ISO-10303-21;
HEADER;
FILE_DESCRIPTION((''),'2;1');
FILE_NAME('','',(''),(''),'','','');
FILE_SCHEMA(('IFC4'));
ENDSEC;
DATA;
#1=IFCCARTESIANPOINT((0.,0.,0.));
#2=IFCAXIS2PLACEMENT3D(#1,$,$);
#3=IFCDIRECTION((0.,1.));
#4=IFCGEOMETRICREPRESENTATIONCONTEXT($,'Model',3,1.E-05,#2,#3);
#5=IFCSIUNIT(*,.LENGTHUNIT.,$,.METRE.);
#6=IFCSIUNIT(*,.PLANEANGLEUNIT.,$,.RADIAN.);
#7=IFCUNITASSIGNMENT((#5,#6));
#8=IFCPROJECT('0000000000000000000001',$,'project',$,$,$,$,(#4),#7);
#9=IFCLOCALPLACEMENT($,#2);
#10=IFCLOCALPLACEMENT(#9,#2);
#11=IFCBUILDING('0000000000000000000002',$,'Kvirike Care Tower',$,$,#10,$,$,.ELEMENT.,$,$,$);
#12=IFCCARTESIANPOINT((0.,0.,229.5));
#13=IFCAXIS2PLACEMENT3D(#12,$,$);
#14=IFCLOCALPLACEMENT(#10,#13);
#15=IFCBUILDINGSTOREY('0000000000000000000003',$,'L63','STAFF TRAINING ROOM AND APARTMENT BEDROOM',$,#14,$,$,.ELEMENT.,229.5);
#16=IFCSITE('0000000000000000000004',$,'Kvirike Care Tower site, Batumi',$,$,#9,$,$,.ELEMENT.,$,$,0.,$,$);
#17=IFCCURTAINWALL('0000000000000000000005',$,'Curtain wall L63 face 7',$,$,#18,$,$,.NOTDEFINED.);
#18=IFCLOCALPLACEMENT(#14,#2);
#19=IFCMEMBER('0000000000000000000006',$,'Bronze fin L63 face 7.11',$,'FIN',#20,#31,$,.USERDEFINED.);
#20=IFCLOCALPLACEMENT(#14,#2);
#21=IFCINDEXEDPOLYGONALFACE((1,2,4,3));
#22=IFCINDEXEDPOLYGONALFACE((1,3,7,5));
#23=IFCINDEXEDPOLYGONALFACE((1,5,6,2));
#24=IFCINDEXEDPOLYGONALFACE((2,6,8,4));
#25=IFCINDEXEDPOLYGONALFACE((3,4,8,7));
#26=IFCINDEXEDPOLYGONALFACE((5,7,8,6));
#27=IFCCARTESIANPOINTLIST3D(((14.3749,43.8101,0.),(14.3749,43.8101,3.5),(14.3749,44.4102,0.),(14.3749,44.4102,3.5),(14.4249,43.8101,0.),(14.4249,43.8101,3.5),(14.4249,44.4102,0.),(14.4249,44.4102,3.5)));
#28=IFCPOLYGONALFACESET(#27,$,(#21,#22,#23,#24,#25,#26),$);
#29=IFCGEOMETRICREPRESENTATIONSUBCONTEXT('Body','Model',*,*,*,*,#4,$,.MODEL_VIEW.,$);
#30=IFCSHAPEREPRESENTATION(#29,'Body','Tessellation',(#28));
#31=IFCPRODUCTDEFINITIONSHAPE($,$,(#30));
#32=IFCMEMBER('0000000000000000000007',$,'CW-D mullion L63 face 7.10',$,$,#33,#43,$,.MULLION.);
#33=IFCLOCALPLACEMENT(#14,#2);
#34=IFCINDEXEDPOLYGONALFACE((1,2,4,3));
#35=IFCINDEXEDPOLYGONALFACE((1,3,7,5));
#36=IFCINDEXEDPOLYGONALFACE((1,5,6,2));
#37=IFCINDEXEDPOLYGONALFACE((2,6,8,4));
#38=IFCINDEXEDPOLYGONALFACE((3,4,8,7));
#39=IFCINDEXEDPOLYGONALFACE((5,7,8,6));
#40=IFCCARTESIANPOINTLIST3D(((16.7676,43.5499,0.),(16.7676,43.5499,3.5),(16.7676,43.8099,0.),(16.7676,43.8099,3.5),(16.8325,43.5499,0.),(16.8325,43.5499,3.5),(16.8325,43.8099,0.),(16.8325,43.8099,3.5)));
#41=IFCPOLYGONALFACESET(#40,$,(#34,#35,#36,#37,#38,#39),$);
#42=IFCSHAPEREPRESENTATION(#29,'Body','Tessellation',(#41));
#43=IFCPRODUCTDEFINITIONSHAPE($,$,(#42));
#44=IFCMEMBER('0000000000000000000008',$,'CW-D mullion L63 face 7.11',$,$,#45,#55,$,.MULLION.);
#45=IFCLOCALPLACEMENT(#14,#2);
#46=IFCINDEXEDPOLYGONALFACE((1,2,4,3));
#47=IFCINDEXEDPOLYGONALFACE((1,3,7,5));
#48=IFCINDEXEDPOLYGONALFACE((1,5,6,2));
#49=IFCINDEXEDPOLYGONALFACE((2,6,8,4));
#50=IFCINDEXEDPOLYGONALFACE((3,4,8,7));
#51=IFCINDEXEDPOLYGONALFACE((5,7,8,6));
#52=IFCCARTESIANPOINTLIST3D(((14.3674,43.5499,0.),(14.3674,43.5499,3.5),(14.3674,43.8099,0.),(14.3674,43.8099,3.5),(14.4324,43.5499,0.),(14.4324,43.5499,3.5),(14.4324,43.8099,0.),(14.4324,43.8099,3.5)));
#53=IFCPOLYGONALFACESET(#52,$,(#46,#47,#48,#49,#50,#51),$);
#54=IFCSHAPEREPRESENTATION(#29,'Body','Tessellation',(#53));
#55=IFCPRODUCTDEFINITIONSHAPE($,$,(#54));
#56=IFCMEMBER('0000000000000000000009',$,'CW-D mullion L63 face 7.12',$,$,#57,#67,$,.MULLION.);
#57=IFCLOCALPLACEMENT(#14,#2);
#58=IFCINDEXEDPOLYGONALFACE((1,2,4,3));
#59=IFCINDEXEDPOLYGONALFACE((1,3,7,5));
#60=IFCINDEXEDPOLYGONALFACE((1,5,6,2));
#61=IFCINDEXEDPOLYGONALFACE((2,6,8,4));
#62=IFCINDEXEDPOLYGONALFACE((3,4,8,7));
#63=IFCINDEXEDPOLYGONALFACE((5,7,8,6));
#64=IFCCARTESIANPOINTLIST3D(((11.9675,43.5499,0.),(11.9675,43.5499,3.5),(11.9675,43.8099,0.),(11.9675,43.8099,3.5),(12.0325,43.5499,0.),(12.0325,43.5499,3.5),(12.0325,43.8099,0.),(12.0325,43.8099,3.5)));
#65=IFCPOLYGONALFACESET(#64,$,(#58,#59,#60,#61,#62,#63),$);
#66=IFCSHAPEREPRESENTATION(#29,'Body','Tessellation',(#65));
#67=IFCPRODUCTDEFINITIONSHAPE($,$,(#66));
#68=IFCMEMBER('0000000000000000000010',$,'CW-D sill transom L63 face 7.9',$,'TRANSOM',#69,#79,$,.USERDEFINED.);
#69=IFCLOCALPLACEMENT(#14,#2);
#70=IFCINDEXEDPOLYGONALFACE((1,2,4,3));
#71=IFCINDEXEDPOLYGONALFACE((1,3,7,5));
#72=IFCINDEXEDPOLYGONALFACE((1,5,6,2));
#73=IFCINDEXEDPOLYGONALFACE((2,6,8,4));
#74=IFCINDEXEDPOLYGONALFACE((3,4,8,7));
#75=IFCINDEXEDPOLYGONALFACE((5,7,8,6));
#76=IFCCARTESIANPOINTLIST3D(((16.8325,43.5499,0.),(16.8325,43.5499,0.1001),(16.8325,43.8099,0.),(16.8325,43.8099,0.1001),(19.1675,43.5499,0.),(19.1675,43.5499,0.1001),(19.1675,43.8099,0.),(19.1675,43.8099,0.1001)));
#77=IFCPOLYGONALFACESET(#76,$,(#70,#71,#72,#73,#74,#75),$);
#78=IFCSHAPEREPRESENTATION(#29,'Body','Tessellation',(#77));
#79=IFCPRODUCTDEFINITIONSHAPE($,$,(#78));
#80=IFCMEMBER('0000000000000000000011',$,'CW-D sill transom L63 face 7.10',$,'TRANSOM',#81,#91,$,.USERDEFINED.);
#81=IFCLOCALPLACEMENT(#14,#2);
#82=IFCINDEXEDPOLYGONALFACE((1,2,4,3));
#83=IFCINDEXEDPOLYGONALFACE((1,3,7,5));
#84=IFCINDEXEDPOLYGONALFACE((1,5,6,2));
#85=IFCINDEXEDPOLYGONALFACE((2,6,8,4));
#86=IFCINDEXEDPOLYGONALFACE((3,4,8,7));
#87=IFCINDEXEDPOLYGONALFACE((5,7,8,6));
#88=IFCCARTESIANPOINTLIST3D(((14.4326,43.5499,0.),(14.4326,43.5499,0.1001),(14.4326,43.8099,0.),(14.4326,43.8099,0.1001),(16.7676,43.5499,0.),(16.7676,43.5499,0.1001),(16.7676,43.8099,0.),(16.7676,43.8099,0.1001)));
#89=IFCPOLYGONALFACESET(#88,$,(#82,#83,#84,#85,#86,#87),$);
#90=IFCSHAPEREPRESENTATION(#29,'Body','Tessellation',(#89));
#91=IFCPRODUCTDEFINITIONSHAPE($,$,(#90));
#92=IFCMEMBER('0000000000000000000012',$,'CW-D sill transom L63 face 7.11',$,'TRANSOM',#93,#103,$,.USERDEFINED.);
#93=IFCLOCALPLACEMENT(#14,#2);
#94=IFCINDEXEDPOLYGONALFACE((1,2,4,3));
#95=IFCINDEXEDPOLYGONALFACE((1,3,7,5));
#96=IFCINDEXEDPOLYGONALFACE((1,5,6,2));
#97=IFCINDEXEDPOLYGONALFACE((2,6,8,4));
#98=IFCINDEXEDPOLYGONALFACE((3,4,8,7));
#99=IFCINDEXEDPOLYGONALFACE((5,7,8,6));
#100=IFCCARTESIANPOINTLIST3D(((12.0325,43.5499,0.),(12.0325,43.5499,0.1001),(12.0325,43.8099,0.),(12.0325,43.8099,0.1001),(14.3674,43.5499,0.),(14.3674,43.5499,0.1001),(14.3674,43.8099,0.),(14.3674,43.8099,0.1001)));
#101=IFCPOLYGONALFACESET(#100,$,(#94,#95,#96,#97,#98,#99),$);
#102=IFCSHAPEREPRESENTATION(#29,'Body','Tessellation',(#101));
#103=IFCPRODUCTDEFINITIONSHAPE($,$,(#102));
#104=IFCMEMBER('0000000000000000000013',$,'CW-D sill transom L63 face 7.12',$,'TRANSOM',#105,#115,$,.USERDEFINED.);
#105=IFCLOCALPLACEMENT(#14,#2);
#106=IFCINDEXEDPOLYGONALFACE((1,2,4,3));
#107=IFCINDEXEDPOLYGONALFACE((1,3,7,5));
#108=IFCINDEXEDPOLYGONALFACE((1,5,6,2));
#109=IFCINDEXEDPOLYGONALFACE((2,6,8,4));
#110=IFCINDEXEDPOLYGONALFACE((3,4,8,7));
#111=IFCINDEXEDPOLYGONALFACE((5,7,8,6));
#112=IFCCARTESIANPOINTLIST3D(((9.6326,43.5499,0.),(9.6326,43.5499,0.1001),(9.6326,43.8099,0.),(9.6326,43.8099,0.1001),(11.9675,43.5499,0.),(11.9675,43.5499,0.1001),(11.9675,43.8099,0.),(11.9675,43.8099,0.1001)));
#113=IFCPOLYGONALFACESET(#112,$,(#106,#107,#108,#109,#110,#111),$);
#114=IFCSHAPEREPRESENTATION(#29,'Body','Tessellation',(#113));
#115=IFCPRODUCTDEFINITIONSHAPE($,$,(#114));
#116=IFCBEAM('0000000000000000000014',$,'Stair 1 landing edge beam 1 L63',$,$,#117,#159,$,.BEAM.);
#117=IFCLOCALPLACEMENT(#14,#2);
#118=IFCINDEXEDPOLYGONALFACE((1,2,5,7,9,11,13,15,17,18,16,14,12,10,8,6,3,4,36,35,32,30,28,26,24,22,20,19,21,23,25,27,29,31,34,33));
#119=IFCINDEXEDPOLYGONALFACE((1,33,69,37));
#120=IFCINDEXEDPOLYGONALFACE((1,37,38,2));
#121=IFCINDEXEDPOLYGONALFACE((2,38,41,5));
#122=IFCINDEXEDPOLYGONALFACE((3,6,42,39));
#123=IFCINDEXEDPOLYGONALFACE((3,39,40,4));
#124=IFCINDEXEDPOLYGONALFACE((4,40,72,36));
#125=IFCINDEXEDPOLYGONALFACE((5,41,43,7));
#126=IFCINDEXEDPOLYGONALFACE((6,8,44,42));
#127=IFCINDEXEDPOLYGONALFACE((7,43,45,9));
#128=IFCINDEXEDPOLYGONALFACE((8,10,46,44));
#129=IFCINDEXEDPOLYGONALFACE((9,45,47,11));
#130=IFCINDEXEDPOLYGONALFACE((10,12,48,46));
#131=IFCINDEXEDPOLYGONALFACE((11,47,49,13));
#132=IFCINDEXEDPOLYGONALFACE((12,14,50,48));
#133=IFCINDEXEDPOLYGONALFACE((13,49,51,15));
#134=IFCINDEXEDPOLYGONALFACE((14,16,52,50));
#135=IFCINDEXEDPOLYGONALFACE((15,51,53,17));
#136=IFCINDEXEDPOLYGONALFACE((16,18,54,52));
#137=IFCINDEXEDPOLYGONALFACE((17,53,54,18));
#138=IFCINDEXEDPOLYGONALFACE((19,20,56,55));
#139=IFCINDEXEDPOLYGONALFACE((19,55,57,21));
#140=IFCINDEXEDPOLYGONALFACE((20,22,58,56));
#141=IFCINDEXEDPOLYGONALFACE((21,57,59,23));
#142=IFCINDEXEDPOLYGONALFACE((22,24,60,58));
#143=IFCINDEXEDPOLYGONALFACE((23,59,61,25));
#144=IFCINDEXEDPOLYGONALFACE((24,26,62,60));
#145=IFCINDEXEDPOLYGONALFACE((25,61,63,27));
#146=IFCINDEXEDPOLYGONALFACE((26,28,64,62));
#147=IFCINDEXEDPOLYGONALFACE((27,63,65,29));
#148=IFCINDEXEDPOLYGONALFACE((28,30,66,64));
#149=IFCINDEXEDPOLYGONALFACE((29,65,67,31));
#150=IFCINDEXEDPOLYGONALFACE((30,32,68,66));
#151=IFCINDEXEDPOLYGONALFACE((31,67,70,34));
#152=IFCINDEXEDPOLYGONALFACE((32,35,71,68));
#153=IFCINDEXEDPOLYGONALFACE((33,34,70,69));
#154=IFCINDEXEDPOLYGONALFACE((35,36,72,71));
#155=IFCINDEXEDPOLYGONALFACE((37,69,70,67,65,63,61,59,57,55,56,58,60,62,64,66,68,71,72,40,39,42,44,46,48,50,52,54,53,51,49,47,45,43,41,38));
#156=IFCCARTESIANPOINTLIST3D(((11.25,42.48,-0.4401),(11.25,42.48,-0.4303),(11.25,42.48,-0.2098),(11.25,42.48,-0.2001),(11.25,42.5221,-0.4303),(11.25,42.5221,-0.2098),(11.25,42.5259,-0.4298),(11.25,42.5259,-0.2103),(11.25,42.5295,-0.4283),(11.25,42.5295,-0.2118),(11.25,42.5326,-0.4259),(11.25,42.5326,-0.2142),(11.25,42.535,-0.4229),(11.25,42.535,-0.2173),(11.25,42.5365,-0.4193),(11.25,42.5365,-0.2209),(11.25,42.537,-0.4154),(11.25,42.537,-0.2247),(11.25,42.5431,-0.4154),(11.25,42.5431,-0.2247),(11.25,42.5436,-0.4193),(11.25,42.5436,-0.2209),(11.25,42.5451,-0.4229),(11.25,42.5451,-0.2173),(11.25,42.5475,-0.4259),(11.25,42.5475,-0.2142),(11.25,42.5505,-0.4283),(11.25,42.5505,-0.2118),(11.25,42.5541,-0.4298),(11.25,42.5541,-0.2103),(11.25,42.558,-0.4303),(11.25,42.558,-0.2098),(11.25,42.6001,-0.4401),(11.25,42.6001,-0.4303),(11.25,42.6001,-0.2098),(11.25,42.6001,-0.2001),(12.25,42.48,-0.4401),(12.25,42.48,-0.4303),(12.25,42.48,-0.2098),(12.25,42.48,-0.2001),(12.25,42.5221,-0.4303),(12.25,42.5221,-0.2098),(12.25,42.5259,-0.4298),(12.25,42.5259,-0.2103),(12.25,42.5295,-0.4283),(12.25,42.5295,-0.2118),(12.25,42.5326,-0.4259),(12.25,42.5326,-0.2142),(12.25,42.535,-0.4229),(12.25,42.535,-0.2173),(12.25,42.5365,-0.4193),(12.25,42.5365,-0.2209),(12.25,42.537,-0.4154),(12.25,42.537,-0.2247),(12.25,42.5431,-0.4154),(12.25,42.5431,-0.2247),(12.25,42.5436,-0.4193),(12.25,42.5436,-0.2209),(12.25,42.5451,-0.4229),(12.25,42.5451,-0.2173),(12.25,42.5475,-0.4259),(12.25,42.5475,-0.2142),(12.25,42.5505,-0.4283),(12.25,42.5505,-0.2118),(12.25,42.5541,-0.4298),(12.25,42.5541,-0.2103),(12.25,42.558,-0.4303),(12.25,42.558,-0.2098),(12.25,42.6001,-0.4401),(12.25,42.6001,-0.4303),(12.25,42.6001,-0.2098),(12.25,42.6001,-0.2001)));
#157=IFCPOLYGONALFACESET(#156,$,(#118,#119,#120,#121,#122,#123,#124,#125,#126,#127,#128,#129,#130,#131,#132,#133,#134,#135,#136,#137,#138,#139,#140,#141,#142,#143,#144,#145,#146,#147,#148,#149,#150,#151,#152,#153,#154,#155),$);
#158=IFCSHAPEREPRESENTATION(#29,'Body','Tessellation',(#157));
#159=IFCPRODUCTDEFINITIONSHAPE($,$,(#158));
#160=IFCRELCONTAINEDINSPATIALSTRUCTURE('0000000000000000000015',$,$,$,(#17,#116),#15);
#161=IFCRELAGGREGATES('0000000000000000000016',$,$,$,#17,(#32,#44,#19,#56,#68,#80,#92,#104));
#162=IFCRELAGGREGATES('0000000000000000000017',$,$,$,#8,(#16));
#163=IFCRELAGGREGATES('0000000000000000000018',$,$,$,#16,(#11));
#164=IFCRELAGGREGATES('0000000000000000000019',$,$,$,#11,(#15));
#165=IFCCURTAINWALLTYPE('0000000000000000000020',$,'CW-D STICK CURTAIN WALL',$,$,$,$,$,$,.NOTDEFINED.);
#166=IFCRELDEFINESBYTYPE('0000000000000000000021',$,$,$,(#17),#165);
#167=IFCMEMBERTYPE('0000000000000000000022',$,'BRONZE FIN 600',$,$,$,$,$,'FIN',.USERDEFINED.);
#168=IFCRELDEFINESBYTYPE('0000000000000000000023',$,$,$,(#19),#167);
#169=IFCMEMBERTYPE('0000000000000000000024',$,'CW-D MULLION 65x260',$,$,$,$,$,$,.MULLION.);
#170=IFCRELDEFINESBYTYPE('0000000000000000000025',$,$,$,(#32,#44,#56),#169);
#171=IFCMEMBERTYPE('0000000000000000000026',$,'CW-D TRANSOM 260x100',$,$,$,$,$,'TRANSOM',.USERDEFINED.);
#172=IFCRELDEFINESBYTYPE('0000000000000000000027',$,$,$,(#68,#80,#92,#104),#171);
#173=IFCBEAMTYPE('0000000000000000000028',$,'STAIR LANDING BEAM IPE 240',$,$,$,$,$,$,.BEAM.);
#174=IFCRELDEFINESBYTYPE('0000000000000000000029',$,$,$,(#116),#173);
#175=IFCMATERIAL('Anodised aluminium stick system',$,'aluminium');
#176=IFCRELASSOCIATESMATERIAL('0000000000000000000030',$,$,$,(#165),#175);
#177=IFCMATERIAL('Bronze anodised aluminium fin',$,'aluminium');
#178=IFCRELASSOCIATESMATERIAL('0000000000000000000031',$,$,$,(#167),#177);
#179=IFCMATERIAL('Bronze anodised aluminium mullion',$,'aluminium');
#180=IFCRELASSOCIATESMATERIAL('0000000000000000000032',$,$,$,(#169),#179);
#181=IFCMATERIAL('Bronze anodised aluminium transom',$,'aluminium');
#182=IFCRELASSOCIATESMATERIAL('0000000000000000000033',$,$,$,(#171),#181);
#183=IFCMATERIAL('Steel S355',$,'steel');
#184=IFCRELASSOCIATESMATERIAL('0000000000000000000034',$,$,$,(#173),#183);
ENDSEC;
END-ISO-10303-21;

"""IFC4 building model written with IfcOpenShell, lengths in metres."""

from ifc_helpers import new_model, si_unit, direction, frame, origin, origin_2d, place, context, subcontext, project, spatial, rectangle, i_section, extrude, material, material_profile, profile_set, type_object, element, aggregate, save


model = new_model("IFC4")

# Units and contexts
model_context = context("Model", 3, precision=1e-05, world=origin(), true_north=direction((0.0, 1.0)))
body_context = subcontext(model_context, "Body", "Model", "MODEL_VIEW")
ifc_project = project(units=[si_unit("LENGTHUNIT", "METRE"), si_unit("PLANEANGLEUNIT", "RADIAN")], contexts=[model_context])

# Site, building, storey
site_placement = place(None, origin())
site = spatial("IfcSite", under=ifc_project, at=site_placement, Name="Kvirike Care Tower site, Batumi", CompositionType="ELEMENT", RefElevation=0.0)
building_placement = place(site_placement, origin())
building = spatial("IfcBuilding", under=site, at=building_placement, Name="Kvirike Care Tower", CompositionType="ELEMENT")
storey_placement = place(building_placement, frame((0.0, 0.0, 229.5)))
storey = spatial("IfcBuildingStorey", under=building, at=storey_placement, Name="L63", Description="STAFF TRAINING ROOM AND APARTMENT BEDROOM", CompositionType="ELEMENT", Elevation=229.5)

# Curtain wall, members
ifc_material_1 = material(Name="Anodised aluminium stick system", Category="aluminium")
curtain_wall_type = type_object("IfcCurtainWallType", Name="CW-D STICK CURTAIN WALL", PredefinedType="NOTDEFINED", material=ifc_material_1)
curtain_wall_placement = place(storey_placement, origin())
curtain_wall = element("IfcCurtainWall", 1, at=curtain_wall_placement, inside=storey, type_object=curtain_wall_type, Name="Curtain wall L63 face 7", PredefinedType="NOTDEFINED")
ifc_material_2 = material(Name="Bronze anodised aluminium fin", Category="aluminium")
ifc_material_profile_1 = material_profile(ifc_material_2, rectangle(XDim=0.05, YDim=0.6001, at=origin_2d()), Name="BRONZE FIN 600")
ifc_profile_set_1 = profile_set([ifc_material_profile_1], Name="Bronze anodised aluminium fin")
member_type_1 = type_object("IfcMemberType", Name="BRONZE FIN 600", ElementType="FIN", PredefinedType="USERDEFINED", material=ifc_profile_set_1)
member_1_placement = place(storey_placement, frame((14.3999, 44.1101, 0.0), z_axis=(0.0, 0.0, 1.0), x_axis=(-1.0, 0.0, 0.0)))
member_1 = element("IfcMember", 2, at=member_1_placement, type_object=member_type_1, Name="Bronze fin L63 face 7.11", ObjectType="FIN", PredefinedType="USERDEFINED", context=body_context, shape_type="SweptSolid", body=[
    extrude(rectangle(XDim=0.05, YDim=0.6001, at=origin_2d()), origin(), (0.0, 0.0, 1.0), 3.5),
])
ifc_material_3 = material(Name="Bronze anodised aluminium mullion", Category="aluminium")
ifc_material_profile_2 = material_profile(ifc_material_3, rectangle(XDim=0.0649, YDim=0.26, at=origin_2d()), Name="CW-D MULLION 65x260")
ifc_profile_set_2 = profile_set([ifc_material_profile_2], Name="Bronze anodised aluminium mullion")
member_type_2 = type_object("IfcMemberType", Name="CW-D MULLION 65x260", PredefinedType="MULLION", material=ifc_profile_set_2)
member_2_placement = place(storey_placement, frame((16.8, 43.6799, 0.0), z_axis=(0.0, 0.0, 1.0), x_axis=(-1.0, 0.0, 0.0)))
member_2 = element("IfcMember", 3, at=member_2_placement, type_object=member_type_2, Name="CW-D mullion L63 face 7.10", PredefinedType="MULLION", context=body_context, shape_type="SweptSolid", body=[
    extrude(rectangle(XDim=0.0649, YDim=0.26, at=origin_2d()), origin(), (0.0, 0.0, 1.0), 3.5),
])
member_3_placement = place(storey_placement, frame((14.3999, 43.6799, 0.0), z_axis=(0.0, 0.0, 1.0), x_axis=(-1.0, 0.0, 0.0)))
member_3 = element("IfcMember", 4, at=member_3_placement, type_object=member_type_2, Name="CW-D mullion L63 face 7.11", PredefinedType="MULLION", context=body_context, shape_type="SweptSolid", body=[
    extrude(rectangle(XDim=0.0649, YDim=0.26, at=origin_2d()), origin(), (0.0, 0.0, 1.0), 3.5),
])
member_4_placement = place(storey_placement, frame((12.0, 43.6799, 0.0), z_axis=(0.0, 0.0, 1.0), x_axis=(-1.0, 0.0, 0.0)))
member_4 = element("IfcMember", 5, at=member_4_placement, type_object=member_type_2, Name="CW-D mullion L63 face 7.12", PredefinedType="MULLION", context=body_context, shape_type="SweptSolid", body=[
    extrude(rectangle(XDim=0.0649, YDim=0.26, at=origin_2d()), origin(), (0.0, 0.0, 1.0), 3.5),
])
ifc_material_4 = material(Name="Bronze anodised aluminium transom", Category="aluminium")
ifc_material_profile_3 = material_profile(ifc_material_4, rectangle(XDim=0.26, YDim=0.1001, at=origin_2d()), Name="CW-D TRANSOM 260x100")
ifc_profile_set_3 = profile_set([ifc_material_profile_3], Name="Bronze anodised aluminium transom")
member_type_3 = type_object("IfcMemberType", Name="CW-D TRANSOM 260x100", ElementType="TRANSOM", PredefinedType="USERDEFINED", material=ifc_profile_set_3)
member_5_placement = place(storey_placement, frame((19.1675, 43.6799, 0.05), z_axis=(-1.0, 0.0, 0.0), x_axis=(0.0, -1.0, 0.0)))
member_5 = element("IfcMember", 6, at=member_5_placement, type_object=member_type_3, Name="CW-D sill transom L63 face 7.9", ObjectType="TRANSOM", PredefinedType="USERDEFINED", context=body_context, shape_type="SweptSolid", body=[
    extrude(rectangle(XDim=0.26, YDim=0.1001, at=origin_2d()), origin(), (0.0, 0.0, 1.0), 2.335),
])
member_6_placement = place(storey_placement, frame((16.7676, 43.6799, 0.05), z_axis=(-1.0, 0.0, 0.0), x_axis=(0.0, -1.0, 0.0)))
member_6 = element("IfcMember", 7, at=member_6_placement, type_object=member_type_3, Name="CW-D sill transom L63 face 7.10", ObjectType="TRANSOM", PredefinedType="USERDEFINED", context=body_context, shape_type="SweptSolid", body=[
    extrude(rectangle(XDim=0.26, YDim=0.1001, at=origin_2d()), origin(), (0.0, 0.0, 1.0), 2.335),
])
member_7_placement = place(storey_placement, frame((14.3674, 43.6799, 0.05), z_axis=(-1.0, 0.0, 0.0), x_axis=(0.0, -1.0, 0.0)))
member_7 = element("IfcMember", 8, at=member_7_placement, type_object=member_type_3, Name="CW-D sill transom L63 face 7.11", ObjectType="TRANSOM", PredefinedType="USERDEFINED", context=body_context, shape_type="SweptSolid", body=[
    extrude(rectangle(XDim=0.26, YDim=0.1001, at=origin_2d()), origin(), (0.0, 0.0, 1.0), 2.335),
])
member_8_placement = place(storey_placement, frame((11.9675, 43.6799, 0.05), z_axis=(-1.0, 0.0, 0.0), x_axis=(0.0, -1.0, 0.0)))
member_8 = element("IfcMember", 9, at=member_8_placement, type_object=member_type_3, Name="CW-D sill transom L63 face 7.12", ObjectType="TRANSOM", PredefinedType="USERDEFINED", context=body_context, shape_type="SweptSolid", body=[
    extrude(rectangle(XDim=0.26, YDim=0.1001, at=origin_2d()), origin(), (0.0, 0.0, 1.0), 2.335),
])

# Beam
ifc_material_5 = material(Name="Steel S355", Category="steel")
ifc_material_profile_4 = material_profile(ifc_material_5, i_section(OverallWidth=0.1201, OverallDepth=0.24, WebThickness=0.0061, FlangeThickness=0.0098, FilletRadius=0.0149, at=origin_2d()), Name="IPE 240")
ifc_profile_set_4 = profile_set([ifc_material_profile_4], Name="Steel S355")
beam_type_1 = type_object("IfcBeamType", Name="STAIR LANDING BEAM IPE 240", PredefinedType="BEAM", material=ifc_profile_set_4)
for number, where, z_axis, x_axis, name in (
    (10, (11.25, 42.54, -0.3201), (1.0, 0.0, 0.0), (0.0, 1.0, 0.0), "Stair 1 landing edge beam 1 L63"),
):
    element("IfcBeam", number, at=place(storey_placement, frame(where, z_axis=z_axis, x_axis=x_axis)), inside=storey, type_object=beam_type_1, Name=name, PredefinedType="BEAM", context=body_context, shape_type="SweptSolid", body=[
        extrude(i_section(OverallWidth=0.1201, OverallDepth=0.24, WebThickness=0.0061, FlangeThickness=0.0098, FilletRadius=0.0149, at=origin_2d()), origin(), (0.0, 0.0, 1.0), 1.0),
    ])

aggregate(curtain_wall, [member_2, member_3, member_1, member_4, member_5, member_6, member_7, member_8])

save(model, "model.ifc")
